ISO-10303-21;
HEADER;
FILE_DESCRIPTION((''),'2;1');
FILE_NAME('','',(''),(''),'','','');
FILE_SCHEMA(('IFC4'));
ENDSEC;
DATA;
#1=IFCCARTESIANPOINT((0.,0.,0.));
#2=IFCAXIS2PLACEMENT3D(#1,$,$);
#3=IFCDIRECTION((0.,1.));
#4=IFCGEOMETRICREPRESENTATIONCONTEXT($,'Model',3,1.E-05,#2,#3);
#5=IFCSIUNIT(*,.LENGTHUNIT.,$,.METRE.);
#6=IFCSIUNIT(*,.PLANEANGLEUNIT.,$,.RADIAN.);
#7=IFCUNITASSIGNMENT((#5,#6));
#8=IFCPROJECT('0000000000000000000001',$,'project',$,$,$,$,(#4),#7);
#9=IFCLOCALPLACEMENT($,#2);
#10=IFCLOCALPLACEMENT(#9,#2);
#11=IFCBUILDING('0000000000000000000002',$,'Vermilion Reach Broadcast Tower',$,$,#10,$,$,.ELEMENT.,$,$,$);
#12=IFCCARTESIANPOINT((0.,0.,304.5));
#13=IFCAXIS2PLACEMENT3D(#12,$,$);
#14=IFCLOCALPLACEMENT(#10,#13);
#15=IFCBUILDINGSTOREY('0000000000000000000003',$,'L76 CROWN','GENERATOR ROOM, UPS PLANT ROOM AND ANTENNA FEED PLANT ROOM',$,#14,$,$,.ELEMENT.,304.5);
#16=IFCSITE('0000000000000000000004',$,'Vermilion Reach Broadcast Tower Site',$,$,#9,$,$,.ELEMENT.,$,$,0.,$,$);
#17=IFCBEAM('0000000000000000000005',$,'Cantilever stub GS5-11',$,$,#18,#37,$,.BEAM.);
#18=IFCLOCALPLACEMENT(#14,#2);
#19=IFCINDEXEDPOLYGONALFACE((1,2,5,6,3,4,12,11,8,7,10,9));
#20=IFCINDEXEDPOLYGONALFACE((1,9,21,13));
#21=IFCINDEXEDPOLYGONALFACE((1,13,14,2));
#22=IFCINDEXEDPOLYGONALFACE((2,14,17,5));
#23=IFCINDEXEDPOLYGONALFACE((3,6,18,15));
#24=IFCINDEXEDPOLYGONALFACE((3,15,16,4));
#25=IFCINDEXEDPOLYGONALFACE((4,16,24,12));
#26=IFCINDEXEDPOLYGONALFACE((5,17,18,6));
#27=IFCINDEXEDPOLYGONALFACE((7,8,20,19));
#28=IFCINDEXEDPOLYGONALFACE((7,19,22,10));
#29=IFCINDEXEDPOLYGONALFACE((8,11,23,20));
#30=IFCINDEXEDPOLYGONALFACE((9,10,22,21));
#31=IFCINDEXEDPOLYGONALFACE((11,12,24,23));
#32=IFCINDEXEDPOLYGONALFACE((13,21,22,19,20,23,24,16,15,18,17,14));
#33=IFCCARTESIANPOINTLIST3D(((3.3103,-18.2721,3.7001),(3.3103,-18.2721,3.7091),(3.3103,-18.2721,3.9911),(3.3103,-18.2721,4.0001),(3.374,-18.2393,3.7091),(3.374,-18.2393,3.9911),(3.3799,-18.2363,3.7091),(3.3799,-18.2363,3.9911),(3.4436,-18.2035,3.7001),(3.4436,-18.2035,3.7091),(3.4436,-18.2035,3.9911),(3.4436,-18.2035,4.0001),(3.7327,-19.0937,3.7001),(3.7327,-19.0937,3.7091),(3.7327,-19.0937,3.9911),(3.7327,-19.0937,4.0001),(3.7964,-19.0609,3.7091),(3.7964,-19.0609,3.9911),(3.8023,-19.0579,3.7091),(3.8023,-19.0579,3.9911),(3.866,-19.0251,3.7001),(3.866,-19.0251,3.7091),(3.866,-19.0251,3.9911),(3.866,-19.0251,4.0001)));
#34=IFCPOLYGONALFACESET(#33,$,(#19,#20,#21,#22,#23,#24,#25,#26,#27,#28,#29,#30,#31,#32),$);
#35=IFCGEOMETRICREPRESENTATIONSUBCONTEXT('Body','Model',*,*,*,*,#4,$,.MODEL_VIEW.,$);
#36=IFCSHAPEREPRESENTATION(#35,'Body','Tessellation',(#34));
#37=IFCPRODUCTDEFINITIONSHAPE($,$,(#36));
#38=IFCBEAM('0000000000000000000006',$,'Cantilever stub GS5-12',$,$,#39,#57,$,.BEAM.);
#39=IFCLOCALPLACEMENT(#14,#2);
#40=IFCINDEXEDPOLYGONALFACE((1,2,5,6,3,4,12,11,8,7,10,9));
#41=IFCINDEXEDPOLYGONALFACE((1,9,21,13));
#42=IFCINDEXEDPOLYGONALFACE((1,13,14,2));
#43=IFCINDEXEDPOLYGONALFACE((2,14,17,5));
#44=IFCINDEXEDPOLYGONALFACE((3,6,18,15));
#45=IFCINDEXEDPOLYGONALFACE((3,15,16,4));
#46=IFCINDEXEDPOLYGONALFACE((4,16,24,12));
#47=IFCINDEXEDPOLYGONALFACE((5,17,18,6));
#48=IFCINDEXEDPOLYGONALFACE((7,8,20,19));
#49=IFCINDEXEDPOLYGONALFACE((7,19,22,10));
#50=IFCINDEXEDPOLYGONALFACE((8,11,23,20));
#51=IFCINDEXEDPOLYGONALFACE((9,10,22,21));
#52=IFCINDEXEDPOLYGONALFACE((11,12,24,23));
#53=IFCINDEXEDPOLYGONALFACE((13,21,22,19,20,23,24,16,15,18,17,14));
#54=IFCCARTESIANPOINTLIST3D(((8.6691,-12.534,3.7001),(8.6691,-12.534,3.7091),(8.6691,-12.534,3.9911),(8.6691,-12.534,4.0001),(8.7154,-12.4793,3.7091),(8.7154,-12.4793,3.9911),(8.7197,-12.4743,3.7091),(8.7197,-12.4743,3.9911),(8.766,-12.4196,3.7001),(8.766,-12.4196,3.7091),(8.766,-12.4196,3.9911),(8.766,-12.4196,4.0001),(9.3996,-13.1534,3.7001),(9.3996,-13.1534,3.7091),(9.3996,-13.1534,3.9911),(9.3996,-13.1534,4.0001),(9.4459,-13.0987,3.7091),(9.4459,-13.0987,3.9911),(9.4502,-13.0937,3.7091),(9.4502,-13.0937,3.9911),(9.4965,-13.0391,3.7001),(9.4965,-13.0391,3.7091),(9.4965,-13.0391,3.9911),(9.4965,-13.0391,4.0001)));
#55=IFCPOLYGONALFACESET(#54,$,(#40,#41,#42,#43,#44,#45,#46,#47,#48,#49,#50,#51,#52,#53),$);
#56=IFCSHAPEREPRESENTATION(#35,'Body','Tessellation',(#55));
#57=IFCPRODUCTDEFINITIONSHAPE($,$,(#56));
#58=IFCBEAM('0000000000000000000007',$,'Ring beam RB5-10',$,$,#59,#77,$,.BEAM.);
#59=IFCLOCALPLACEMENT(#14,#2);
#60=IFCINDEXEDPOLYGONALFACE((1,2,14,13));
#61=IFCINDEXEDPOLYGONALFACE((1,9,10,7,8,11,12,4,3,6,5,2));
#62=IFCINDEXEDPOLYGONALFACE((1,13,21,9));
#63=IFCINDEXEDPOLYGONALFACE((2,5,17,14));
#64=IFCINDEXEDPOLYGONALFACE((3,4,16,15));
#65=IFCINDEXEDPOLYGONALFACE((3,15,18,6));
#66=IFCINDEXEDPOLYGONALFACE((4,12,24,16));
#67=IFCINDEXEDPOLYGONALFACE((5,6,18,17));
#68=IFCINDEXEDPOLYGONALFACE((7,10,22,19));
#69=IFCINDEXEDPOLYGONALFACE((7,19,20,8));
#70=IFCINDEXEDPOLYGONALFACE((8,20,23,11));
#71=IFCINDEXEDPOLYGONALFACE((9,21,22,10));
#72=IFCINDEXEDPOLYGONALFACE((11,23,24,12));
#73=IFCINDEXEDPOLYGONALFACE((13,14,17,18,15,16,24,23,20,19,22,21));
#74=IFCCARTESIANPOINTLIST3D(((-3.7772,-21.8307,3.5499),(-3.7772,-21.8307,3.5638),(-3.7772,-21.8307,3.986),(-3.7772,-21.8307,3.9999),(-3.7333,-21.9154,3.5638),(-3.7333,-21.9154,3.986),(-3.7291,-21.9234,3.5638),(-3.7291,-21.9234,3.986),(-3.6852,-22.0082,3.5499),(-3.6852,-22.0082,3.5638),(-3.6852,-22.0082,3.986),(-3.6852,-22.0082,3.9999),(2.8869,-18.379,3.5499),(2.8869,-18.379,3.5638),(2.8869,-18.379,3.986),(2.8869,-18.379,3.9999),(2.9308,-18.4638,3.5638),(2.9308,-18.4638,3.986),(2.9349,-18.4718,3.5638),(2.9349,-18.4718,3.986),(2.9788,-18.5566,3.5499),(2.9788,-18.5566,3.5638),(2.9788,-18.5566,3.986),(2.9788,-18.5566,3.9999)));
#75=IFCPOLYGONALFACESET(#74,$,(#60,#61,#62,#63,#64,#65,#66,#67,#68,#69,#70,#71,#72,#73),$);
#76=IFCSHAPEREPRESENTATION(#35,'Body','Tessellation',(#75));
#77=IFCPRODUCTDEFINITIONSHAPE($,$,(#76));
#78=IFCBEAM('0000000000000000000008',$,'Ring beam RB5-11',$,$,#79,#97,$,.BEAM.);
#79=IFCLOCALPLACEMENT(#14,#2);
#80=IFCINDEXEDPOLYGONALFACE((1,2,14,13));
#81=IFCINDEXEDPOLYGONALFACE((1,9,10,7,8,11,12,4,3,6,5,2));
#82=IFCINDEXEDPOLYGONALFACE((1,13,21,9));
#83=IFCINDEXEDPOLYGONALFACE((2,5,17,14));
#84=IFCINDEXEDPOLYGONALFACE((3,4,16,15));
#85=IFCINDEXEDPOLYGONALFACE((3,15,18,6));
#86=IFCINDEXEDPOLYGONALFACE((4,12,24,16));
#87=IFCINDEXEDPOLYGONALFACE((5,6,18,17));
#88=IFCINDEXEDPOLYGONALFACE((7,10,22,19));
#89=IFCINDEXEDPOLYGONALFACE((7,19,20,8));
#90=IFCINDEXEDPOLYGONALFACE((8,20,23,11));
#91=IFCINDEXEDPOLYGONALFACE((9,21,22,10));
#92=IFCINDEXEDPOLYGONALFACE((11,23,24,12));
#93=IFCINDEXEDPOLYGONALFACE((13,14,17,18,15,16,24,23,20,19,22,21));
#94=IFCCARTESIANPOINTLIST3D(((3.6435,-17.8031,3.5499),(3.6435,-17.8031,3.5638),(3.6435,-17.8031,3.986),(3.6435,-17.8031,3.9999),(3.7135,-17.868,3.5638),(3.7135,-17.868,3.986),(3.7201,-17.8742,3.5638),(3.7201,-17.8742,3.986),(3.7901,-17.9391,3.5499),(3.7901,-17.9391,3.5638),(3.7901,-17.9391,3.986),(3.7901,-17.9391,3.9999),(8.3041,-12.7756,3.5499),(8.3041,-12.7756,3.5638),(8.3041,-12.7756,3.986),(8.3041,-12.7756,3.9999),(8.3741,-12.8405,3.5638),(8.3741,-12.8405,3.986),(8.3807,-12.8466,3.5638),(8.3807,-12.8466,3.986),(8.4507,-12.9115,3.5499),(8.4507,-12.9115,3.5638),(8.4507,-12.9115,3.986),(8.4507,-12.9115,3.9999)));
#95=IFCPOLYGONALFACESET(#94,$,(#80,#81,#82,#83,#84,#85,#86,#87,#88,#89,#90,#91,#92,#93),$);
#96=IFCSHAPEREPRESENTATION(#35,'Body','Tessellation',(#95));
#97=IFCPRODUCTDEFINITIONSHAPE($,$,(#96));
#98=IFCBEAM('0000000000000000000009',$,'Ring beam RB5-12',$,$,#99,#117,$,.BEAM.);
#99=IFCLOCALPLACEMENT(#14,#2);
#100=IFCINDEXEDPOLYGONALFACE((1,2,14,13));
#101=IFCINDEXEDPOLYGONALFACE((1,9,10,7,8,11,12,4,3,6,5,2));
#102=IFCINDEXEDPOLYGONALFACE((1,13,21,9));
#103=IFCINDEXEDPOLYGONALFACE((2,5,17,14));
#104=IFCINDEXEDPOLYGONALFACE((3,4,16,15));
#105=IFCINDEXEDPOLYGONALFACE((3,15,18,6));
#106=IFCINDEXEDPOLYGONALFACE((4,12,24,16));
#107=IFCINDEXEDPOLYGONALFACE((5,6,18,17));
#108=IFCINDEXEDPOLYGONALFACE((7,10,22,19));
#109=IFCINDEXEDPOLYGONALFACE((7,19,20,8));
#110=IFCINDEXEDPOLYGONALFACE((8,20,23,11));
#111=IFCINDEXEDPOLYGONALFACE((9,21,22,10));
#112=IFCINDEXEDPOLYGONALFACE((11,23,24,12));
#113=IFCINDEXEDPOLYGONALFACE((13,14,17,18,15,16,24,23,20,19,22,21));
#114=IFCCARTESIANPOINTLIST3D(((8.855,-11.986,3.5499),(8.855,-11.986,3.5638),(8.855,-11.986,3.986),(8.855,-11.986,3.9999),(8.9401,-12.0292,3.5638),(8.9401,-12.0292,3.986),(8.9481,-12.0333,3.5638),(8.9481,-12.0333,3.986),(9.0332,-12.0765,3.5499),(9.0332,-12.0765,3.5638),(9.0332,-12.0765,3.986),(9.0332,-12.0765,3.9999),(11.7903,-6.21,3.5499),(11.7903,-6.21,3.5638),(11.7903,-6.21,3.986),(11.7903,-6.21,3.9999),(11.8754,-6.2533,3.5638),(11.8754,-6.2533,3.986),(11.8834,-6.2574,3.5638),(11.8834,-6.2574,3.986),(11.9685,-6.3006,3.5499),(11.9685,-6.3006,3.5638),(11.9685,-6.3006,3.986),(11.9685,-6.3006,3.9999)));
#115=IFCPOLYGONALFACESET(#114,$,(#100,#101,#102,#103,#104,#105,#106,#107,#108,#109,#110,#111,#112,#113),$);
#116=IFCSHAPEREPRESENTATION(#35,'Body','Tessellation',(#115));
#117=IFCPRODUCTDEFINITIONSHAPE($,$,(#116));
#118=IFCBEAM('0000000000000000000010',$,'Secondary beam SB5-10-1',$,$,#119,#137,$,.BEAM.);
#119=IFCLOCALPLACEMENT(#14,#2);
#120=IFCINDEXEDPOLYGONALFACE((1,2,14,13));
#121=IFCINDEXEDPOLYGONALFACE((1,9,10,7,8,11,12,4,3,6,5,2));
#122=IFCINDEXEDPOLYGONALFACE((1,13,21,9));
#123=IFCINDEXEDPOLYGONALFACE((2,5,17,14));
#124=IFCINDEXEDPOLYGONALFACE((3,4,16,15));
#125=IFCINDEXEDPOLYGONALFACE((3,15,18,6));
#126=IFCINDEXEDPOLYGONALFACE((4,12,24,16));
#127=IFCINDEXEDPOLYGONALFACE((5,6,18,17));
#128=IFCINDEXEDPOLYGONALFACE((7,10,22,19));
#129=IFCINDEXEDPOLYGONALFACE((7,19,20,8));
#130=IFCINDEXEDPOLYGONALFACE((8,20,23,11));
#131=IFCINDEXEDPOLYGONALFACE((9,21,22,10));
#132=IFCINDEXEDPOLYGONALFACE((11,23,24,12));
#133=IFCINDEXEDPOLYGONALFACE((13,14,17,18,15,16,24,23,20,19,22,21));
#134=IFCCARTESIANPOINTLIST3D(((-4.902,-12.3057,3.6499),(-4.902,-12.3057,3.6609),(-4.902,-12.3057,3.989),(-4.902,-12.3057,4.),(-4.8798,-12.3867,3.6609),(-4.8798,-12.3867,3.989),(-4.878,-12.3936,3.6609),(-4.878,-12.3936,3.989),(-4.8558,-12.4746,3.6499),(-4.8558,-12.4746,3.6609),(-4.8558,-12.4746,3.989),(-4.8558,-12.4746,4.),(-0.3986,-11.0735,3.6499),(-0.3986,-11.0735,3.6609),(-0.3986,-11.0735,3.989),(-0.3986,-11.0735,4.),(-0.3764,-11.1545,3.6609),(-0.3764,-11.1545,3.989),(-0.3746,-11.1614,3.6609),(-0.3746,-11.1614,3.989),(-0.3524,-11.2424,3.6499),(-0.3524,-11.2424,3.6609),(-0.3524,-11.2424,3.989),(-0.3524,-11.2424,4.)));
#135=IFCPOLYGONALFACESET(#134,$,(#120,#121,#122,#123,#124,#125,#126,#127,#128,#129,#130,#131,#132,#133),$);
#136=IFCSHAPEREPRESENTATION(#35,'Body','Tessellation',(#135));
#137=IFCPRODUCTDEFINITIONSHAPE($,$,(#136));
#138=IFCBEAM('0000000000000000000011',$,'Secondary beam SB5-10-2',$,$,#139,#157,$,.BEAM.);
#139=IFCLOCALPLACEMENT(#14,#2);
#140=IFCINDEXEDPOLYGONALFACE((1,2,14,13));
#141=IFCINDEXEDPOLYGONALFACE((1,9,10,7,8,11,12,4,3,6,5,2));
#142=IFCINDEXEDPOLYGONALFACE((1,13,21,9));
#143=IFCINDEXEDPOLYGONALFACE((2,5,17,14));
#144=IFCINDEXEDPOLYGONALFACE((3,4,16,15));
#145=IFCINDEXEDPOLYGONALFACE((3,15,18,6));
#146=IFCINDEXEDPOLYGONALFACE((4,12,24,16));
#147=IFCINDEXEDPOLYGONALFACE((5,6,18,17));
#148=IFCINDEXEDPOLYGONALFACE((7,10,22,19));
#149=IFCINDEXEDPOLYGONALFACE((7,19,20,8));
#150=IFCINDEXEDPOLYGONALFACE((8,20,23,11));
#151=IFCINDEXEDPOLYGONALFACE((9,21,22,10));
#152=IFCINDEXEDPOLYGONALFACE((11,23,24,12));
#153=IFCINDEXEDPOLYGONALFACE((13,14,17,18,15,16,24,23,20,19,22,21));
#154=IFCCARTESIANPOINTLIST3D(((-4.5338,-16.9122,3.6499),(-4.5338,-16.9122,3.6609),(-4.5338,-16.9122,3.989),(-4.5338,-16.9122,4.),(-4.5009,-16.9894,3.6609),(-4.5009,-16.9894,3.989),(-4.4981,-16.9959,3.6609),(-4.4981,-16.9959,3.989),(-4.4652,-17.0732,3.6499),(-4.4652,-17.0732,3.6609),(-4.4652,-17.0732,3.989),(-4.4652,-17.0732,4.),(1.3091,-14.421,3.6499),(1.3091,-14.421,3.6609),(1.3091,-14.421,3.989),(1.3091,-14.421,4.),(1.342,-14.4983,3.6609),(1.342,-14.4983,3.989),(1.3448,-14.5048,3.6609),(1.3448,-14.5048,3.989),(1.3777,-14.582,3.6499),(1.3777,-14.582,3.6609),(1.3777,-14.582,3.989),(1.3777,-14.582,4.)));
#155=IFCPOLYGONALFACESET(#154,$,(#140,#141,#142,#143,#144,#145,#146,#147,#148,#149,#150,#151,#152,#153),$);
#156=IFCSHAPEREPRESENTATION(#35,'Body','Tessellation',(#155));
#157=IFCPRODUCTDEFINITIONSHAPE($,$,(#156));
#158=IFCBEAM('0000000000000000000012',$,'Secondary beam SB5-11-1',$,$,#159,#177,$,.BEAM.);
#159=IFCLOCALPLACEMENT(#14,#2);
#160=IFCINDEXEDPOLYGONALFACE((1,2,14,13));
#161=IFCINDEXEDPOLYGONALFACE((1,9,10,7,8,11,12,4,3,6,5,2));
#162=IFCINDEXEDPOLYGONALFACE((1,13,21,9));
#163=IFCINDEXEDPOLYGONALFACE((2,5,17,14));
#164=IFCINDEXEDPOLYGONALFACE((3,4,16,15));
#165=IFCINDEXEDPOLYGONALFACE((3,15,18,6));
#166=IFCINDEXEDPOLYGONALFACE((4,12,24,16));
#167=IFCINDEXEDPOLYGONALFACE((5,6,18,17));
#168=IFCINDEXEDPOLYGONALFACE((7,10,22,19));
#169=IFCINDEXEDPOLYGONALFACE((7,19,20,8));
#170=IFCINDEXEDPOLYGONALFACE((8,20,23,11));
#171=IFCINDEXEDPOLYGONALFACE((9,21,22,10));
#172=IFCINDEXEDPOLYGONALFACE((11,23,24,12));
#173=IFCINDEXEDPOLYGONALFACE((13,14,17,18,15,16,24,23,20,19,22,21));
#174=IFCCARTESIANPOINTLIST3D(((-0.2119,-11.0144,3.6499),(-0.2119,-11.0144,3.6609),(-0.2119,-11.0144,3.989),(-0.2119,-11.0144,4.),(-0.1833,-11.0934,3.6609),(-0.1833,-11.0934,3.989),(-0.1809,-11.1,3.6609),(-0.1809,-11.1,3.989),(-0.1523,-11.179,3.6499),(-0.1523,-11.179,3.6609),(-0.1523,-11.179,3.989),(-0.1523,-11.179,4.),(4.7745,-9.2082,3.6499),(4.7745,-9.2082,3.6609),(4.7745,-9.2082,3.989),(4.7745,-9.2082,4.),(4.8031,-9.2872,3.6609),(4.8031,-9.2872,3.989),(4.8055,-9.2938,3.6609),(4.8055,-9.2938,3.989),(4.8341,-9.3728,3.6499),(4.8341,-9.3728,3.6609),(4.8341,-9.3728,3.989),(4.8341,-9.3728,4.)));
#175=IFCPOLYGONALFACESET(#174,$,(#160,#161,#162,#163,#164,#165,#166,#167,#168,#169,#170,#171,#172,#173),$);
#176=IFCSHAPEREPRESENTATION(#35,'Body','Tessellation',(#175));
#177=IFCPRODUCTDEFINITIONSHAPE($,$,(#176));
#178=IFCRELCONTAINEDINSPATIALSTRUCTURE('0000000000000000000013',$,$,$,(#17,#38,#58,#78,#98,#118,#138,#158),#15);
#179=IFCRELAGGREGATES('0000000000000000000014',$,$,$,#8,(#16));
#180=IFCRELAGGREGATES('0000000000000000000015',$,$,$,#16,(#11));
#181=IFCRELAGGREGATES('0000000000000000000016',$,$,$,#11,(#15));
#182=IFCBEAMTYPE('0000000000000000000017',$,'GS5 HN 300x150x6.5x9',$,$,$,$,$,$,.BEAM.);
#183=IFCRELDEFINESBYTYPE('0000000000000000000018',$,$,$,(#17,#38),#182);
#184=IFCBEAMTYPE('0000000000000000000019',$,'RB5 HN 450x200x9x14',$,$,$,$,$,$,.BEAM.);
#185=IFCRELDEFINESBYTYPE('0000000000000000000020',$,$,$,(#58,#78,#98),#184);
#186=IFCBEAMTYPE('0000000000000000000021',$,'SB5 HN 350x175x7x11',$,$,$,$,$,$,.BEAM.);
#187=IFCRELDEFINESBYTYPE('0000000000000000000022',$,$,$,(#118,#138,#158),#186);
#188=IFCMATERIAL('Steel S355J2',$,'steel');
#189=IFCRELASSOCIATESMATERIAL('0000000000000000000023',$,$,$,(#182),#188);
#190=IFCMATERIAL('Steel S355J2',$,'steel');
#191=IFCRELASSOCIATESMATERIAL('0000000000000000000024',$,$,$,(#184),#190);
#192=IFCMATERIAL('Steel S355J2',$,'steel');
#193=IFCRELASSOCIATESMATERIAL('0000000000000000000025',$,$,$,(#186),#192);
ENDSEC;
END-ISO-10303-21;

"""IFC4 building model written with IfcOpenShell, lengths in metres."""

from ifc_helpers import new_model, si_unit, direction, frame, origin, origin_2d, place, context, subcontext, project, spatial, i_section, extrude, material, material_profile, profile_set, type_object, element, save


model = new_model("IFC4")

# Units and contexts
model_context = context("Model", 3, precision=1e-05, world=origin(), true_north=direction((0.0, 1.0)))
body_context = subcontext(model_context, "Body", "Model", "MODEL_VIEW")
ifc_project = project(units=[si_unit("LENGTHUNIT", "METRE"), si_unit("PLANEANGLEUNIT", "RADIAN")], contexts=[model_context])

# Site, building, storey
site_placement = place(None, origin())
site = spatial("IfcSite", under=ifc_project, at=site_placement, Name="Vermilion Reach Broadcast Tower Site", CompositionType="ELEMENT", RefElevation=0.0)
building_placement = place(site_placement, origin())
building = spatial("IfcBuilding", under=site, at=building_placement, Name="Vermilion Reach Broadcast Tower", CompositionType="ELEMENT")
storey_placement = place(building_placement, frame((0.0, 0.0, 304.5)))
storey = spatial("IfcBuildingStorey", under=building, at=storey_placement, Name="L76 CROWN", Description="GENERATOR ROOM, UPS PLANT ROOM AND ANTENNA FEED PLANT ROOM", CompositionType="ELEMENT", Elevation=304.5)

# Beams
ifc_material_1 = material(Name="Steel S355J2", Category="steel")
ifc_material_profile_1 = material_profile(ifc_material_1, i_section(OverallWidth=0.1499, OverallDepth=0.3, WebThickness=0.0066, FlangeThickness=0.009, at=origin_2d()), Name="S355J2 HN 300x150x6.5x9")
ifc_profile_set_1 = profile_set([ifc_material_profile_1], Name="Steel S355J2")
beam_type_1 = type_object("IfcBeamType", Name="GS5 HN 300x150x6.5x9", PredefinedType="BEAM", material=ifc_profile_set_1)
beam_1_placement = place(storey_placement, frame((3.377, -18.2378, 3.8501), z_axis=(0.457229, -0.889349, 0.0), x_axis=(0.889349, 0.457229, 0.0)))
element("IfcBeam", 1, at=beam_1_placement, inside=storey, type_object=beam_type_1, Name="Cantilever stub GS5-11", PredefinedType="BEAM", context=body_context, shape_type="SweptSolid", body=[
    extrude(i_section(OverallWidth=0.1499, OverallDepth=0.3, WebThickness=0.0066, FlangeThickness=0.009, at=origin_2d()), origin(), (0.0, 0.0, 1.0), 0.9238),
])
beam_2_placement = place(storey_placement, frame((8.7175, -12.4768, 3.8501), z_axis=(0.762719, -0.64673, 0.0), x_axis=(0.64673, 0.762719, 0.0)))
element("IfcBeam", 2, at=beam_2_placement, inside=storey, type_object=beam_type_1, Name="Cantilever stub GS5-12", PredefinedType="BEAM", context=body_context, shape_type="SweptSolid", body=[
    extrude(i_section(OverallWidth=0.1499, OverallDepth=0.3, WebThickness=0.0066, FlangeThickness=0.009, at=origin_2d()), origin(), (0.0, 0.0, 1.0), 0.9578),
])
ifc_material_2 = material(Name="Steel S355J2", Category="steel")
ifc_material_profile_2 = material_profile(ifc_material_2, i_section(OverallWidth=0.2, OverallDepth=0.45, WebThickness=0.009, FlangeThickness=0.0139, at=origin_2d()), Name="S355J2 HN 450x200x9x14")
ifc_profile_set_2 = profile_set([ifc_material_profile_2], Name="Steel S355J2")
beam_type_2 = type_object("IfcBeamType", Name="RB5 HN 450x200x9x14", PredefinedType="BEAM", material=ifc_profile_set_2)
beam_3_placement = place(storey_placement, frame((-3.7312, -21.9194, 3.7749), z_axis=(0.88796, 0.45992, 0.0), x_axis=(-0.45992, 0.88796, 0.0)))
element("IfcBeam", 3, at=beam_3_placement, inside=storey, type_object=beam_type_2, Name="Ring beam RB5-10", PredefinedType="BEAM", context=body_context, shape_type="SweptSolid", body=[
    extrude(i_section(OverallWidth=0.2, OverallDepth=0.45, WebThickness=0.009, FlangeThickness=0.0139, at=origin_2d()), origin(), (0.0, 0.0, 1.0), 7.5049),
])
beam_4_placement = place(storey_placement, frame((3.7168, -17.8711, 3.7749), z_axis=(0.679838, 0.733363, 0.0), x_axis=(-0.733363, 0.679838, 0.0)))
element("IfcBeam", 4, at=beam_4_placement, inside=storey, type_object=beam_type_2, Name="Ring beam RB5-11", PredefinedType="BEAM", context=body_context, shape_type="SweptSolid", body=[
    extrude(i_section(OverallWidth=0.2, OverallDepth=0.45, WebThickness=0.009, FlangeThickness=0.0139, at=origin_2d()), origin(), (0.0, 0.0, 1.0), 6.8555),
])
beam_5_placement = place(storey_placement, frame((8.9441, -12.0312, 3.7749), z_axis=(0.453052, 0.891484, 0.0), x_axis=(-0.891484, 0.453052, 0.0)))
element("IfcBeam", 5, at=beam_5_placement, inside=storey, type_object=beam_type_2, Name="Ring beam RB5-12", PredefinedType="BEAM", context=body_context, shape_type="SweptSolid", body=[
    extrude(i_section(OverallWidth=0.2, OverallDepth=0.45, WebThickness=0.009, FlangeThickness=0.0139, at=origin_2d()), origin(), (0.0, 0.0, 1.0), 6.479),
])
ifc_material_3 = material(Name="Steel S355J2", Category="steel")
ifc_material_profile_3 = material_profile(ifc_material_3, i_section(OverallWidth=0.175, OverallDepth=0.3501, WebThickness=0.0071, FlangeThickness=0.011, at=origin_2d()), Name="S355J2 HN 350x175x7x11")
ifc_profile_set_3 = profile_set([ifc_material_profile_3], Name="Steel S355J2")
beam_type_3 = type_object("IfcBeamType", Name="SB5 HN 350x175x7x11", PredefinedType="BEAM", material=ifc_profile_set_3)
beam_6_placement = place(storey_placement, frame((-4.8789, -12.3901, 3.825), z_axis=(0.964547, 0.263909, 0.0), x_axis=(-0.263909, 0.964547, 0.0)))
element("IfcBeam", 6, at=beam_6_placement, inside=storey, type_object=beam_type_3, Name="Secondary beam SB5-10-1", PredefinedType="BEAM", context=body_context, shape_type="SweptSolid", body=[
    extrude(i_section(OverallWidth=0.175, OverallDepth=0.3501, WebThickness=0.0071, FlangeThickness=0.011, at=origin_2d()), origin(), (0.0, 0.0, 1.0), 4.6689),
])
beam_7_placement = place(storey_placement, frame((-4.4995, -16.9927, 3.825), z_axis=(0.919881, 0.392198, 0.0), x_axis=(-0.392198, 0.919881, 0.0)))
element("IfcBeam", 7, at=beam_7_placement, inside=storey, type_object=beam_type_3, Name="Secondary beam SB5-10-2", PredefinedType="BEAM", context=body_context, shape_type="SweptSolid", body=[
    extrude(i_section(OverallWidth=0.175, OverallDepth=0.3501, WebThickness=0.0071, FlangeThickness=0.011, at=origin_2d()), origin(), (0.0, 0.0, 1.0), 6.3518),
])
beam_8_placement = place(storey_placement, frame((-0.1821, -11.0967, 3.825), z_axis=(0.94022, 0.340567, 0.0), x_axis=(-0.340567, 0.94022, 0.0)))
element("IfcBeam", 8, at=beam_8_placement, inside=storey, type_object=beam_type_3, Name="Secondary beam SB5-11-1", PredefinedType="BEAM", context=body_context, shape_type="SweptSolid", body=[
    extrude(i_section(OverallWidth=0.175, OverallDepth=0.3501, WebThickness=0.0071, FlangeThickness=0.011, at=origin_2d()), origin(), (0.0, 0.0, 1.0), 5.3035),
])

save(model, "model.ifc")
